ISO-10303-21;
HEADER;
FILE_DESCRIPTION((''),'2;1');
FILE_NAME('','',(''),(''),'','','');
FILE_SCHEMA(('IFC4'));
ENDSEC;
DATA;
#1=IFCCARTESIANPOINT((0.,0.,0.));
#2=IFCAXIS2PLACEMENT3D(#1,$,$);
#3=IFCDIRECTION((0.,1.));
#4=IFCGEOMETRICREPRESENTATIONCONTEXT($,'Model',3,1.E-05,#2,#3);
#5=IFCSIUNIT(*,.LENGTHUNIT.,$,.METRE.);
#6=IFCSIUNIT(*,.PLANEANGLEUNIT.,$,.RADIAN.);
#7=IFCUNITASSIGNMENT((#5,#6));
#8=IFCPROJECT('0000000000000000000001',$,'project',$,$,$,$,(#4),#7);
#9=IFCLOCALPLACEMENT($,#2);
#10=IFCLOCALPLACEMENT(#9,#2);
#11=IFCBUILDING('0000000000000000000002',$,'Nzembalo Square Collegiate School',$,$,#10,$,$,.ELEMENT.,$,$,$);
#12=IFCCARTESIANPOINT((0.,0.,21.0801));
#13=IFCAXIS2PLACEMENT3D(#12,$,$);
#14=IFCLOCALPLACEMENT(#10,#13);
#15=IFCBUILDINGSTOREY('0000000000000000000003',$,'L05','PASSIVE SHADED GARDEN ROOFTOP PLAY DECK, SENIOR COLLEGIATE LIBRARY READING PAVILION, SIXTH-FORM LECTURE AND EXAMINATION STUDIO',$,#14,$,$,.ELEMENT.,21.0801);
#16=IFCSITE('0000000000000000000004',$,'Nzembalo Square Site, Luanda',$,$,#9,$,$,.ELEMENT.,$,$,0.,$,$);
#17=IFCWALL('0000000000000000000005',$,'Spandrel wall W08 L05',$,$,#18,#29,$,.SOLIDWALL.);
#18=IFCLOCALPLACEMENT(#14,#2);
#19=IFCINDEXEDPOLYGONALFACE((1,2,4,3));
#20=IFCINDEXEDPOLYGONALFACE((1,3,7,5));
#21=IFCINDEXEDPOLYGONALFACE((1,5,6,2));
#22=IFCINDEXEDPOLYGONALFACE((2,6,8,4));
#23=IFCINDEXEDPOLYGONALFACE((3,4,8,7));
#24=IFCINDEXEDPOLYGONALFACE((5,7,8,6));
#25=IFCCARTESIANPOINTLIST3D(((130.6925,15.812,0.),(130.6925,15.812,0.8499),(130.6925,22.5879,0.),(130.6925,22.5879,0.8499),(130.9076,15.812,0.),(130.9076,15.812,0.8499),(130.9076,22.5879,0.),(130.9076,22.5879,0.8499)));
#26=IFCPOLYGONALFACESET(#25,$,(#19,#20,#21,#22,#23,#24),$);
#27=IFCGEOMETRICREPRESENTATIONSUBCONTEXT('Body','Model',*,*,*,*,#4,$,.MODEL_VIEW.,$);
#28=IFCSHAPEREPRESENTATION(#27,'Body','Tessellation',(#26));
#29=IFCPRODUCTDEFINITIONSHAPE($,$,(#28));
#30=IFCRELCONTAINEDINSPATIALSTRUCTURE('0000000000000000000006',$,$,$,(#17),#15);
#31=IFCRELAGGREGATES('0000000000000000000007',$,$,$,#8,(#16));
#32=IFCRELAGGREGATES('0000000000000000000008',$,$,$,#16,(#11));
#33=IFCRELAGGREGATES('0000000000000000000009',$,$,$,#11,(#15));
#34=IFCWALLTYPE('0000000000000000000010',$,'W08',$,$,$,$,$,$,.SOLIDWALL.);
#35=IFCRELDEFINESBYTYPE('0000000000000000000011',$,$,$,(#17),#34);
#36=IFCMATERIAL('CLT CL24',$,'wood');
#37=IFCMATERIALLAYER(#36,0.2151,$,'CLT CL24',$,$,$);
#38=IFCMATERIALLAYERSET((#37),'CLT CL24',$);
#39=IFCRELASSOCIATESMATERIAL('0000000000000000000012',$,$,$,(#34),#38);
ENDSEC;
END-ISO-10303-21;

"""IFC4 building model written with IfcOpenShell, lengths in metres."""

from ifc_helpers import new_model, si_unit, direction, frame, frame_2d, origin, place, context, subcontext, project, spatial, rectangle, extrude, material, layer, layer_set, type_object, element, save


model = new_model("IFC4")

# Units and contexts
model_context = context("Model", 3, precision=1e-05, world=origin(), true_north=direction((0.0, 1.0)))
body_context = subcontext(model_context, "Body", "Model", "MODEL_VIEW")
ifc_project = project(units=[si_unit("LENGTHUNIT", "METRE"), si_unit("PLANEANGLEUNIT", "RADIAN")], contexts=[model_context])

# Site, building, storey
site_placement = place(None, origin())
site = spatial("IfcSite", under=ifc_project, at=site_placement, Name="Nzembalo Square Site, Luanda", CompositionType="ELEMENT", RefElevation=0.0)
building_placement = place(site_placement, origin())
building = spatial("IfcBuilding", under=site, at=building_placement, Name="Nzembalo Square Collegiate School", CompositionType="ELEMENT")
storey_placement = place(building_placement, frame((0.0, 0.0, 21.0801)))
storey = spatial("IfcBuildingStorey", under=building, at=storey_placement, Name="L05", Description="PASSIVE SHADED GARDEN ROOFTOP PLAY DECK, SENIOR COLLEGIATE LIBRARY READING PAVILION, SIXTH-FORM LECTURE AND EXAMINATION STUDIO", CompositionType="ELEMENT", Elevation=21.0801)

# Wall
ifc_material_1 = material(Name="CLT CL24", Category="wood")
ifc_layer_1 = layer(ifc_material_1, 0.2151, Name="CLT CL24")
ifc_layer_set_1 = layer_set([ifc_layer_1], Name="CLT CL24")
wall_type = type_object("IfcWallType", Name="W08", PredefinedType="SOLIDWALL", material=ifc_layer_set_1)
wall_placement = place(storey_placement, frame((130.8, 15.812, 0.0), z_axis=(0.0, 0.0, 1.0), x_axis=(0.0, 1.0, 0.0)))
element("IfcWall", 1, at=wall_placement, inside=storey, type_object=wall_type, Name="Spandrel wall W08 L05", PredefinedType="SOLIDWALL", context=body_context, shape_type="SweptSolid", body=[
    extrude(rectangle(XDim=6.7759, YDim=0.2151, at=frame_2d((3.3879, 0.0))), origin(), (0.0, 0.0, 1.0), 0.8499),
])

save(model, "model.ifc")
